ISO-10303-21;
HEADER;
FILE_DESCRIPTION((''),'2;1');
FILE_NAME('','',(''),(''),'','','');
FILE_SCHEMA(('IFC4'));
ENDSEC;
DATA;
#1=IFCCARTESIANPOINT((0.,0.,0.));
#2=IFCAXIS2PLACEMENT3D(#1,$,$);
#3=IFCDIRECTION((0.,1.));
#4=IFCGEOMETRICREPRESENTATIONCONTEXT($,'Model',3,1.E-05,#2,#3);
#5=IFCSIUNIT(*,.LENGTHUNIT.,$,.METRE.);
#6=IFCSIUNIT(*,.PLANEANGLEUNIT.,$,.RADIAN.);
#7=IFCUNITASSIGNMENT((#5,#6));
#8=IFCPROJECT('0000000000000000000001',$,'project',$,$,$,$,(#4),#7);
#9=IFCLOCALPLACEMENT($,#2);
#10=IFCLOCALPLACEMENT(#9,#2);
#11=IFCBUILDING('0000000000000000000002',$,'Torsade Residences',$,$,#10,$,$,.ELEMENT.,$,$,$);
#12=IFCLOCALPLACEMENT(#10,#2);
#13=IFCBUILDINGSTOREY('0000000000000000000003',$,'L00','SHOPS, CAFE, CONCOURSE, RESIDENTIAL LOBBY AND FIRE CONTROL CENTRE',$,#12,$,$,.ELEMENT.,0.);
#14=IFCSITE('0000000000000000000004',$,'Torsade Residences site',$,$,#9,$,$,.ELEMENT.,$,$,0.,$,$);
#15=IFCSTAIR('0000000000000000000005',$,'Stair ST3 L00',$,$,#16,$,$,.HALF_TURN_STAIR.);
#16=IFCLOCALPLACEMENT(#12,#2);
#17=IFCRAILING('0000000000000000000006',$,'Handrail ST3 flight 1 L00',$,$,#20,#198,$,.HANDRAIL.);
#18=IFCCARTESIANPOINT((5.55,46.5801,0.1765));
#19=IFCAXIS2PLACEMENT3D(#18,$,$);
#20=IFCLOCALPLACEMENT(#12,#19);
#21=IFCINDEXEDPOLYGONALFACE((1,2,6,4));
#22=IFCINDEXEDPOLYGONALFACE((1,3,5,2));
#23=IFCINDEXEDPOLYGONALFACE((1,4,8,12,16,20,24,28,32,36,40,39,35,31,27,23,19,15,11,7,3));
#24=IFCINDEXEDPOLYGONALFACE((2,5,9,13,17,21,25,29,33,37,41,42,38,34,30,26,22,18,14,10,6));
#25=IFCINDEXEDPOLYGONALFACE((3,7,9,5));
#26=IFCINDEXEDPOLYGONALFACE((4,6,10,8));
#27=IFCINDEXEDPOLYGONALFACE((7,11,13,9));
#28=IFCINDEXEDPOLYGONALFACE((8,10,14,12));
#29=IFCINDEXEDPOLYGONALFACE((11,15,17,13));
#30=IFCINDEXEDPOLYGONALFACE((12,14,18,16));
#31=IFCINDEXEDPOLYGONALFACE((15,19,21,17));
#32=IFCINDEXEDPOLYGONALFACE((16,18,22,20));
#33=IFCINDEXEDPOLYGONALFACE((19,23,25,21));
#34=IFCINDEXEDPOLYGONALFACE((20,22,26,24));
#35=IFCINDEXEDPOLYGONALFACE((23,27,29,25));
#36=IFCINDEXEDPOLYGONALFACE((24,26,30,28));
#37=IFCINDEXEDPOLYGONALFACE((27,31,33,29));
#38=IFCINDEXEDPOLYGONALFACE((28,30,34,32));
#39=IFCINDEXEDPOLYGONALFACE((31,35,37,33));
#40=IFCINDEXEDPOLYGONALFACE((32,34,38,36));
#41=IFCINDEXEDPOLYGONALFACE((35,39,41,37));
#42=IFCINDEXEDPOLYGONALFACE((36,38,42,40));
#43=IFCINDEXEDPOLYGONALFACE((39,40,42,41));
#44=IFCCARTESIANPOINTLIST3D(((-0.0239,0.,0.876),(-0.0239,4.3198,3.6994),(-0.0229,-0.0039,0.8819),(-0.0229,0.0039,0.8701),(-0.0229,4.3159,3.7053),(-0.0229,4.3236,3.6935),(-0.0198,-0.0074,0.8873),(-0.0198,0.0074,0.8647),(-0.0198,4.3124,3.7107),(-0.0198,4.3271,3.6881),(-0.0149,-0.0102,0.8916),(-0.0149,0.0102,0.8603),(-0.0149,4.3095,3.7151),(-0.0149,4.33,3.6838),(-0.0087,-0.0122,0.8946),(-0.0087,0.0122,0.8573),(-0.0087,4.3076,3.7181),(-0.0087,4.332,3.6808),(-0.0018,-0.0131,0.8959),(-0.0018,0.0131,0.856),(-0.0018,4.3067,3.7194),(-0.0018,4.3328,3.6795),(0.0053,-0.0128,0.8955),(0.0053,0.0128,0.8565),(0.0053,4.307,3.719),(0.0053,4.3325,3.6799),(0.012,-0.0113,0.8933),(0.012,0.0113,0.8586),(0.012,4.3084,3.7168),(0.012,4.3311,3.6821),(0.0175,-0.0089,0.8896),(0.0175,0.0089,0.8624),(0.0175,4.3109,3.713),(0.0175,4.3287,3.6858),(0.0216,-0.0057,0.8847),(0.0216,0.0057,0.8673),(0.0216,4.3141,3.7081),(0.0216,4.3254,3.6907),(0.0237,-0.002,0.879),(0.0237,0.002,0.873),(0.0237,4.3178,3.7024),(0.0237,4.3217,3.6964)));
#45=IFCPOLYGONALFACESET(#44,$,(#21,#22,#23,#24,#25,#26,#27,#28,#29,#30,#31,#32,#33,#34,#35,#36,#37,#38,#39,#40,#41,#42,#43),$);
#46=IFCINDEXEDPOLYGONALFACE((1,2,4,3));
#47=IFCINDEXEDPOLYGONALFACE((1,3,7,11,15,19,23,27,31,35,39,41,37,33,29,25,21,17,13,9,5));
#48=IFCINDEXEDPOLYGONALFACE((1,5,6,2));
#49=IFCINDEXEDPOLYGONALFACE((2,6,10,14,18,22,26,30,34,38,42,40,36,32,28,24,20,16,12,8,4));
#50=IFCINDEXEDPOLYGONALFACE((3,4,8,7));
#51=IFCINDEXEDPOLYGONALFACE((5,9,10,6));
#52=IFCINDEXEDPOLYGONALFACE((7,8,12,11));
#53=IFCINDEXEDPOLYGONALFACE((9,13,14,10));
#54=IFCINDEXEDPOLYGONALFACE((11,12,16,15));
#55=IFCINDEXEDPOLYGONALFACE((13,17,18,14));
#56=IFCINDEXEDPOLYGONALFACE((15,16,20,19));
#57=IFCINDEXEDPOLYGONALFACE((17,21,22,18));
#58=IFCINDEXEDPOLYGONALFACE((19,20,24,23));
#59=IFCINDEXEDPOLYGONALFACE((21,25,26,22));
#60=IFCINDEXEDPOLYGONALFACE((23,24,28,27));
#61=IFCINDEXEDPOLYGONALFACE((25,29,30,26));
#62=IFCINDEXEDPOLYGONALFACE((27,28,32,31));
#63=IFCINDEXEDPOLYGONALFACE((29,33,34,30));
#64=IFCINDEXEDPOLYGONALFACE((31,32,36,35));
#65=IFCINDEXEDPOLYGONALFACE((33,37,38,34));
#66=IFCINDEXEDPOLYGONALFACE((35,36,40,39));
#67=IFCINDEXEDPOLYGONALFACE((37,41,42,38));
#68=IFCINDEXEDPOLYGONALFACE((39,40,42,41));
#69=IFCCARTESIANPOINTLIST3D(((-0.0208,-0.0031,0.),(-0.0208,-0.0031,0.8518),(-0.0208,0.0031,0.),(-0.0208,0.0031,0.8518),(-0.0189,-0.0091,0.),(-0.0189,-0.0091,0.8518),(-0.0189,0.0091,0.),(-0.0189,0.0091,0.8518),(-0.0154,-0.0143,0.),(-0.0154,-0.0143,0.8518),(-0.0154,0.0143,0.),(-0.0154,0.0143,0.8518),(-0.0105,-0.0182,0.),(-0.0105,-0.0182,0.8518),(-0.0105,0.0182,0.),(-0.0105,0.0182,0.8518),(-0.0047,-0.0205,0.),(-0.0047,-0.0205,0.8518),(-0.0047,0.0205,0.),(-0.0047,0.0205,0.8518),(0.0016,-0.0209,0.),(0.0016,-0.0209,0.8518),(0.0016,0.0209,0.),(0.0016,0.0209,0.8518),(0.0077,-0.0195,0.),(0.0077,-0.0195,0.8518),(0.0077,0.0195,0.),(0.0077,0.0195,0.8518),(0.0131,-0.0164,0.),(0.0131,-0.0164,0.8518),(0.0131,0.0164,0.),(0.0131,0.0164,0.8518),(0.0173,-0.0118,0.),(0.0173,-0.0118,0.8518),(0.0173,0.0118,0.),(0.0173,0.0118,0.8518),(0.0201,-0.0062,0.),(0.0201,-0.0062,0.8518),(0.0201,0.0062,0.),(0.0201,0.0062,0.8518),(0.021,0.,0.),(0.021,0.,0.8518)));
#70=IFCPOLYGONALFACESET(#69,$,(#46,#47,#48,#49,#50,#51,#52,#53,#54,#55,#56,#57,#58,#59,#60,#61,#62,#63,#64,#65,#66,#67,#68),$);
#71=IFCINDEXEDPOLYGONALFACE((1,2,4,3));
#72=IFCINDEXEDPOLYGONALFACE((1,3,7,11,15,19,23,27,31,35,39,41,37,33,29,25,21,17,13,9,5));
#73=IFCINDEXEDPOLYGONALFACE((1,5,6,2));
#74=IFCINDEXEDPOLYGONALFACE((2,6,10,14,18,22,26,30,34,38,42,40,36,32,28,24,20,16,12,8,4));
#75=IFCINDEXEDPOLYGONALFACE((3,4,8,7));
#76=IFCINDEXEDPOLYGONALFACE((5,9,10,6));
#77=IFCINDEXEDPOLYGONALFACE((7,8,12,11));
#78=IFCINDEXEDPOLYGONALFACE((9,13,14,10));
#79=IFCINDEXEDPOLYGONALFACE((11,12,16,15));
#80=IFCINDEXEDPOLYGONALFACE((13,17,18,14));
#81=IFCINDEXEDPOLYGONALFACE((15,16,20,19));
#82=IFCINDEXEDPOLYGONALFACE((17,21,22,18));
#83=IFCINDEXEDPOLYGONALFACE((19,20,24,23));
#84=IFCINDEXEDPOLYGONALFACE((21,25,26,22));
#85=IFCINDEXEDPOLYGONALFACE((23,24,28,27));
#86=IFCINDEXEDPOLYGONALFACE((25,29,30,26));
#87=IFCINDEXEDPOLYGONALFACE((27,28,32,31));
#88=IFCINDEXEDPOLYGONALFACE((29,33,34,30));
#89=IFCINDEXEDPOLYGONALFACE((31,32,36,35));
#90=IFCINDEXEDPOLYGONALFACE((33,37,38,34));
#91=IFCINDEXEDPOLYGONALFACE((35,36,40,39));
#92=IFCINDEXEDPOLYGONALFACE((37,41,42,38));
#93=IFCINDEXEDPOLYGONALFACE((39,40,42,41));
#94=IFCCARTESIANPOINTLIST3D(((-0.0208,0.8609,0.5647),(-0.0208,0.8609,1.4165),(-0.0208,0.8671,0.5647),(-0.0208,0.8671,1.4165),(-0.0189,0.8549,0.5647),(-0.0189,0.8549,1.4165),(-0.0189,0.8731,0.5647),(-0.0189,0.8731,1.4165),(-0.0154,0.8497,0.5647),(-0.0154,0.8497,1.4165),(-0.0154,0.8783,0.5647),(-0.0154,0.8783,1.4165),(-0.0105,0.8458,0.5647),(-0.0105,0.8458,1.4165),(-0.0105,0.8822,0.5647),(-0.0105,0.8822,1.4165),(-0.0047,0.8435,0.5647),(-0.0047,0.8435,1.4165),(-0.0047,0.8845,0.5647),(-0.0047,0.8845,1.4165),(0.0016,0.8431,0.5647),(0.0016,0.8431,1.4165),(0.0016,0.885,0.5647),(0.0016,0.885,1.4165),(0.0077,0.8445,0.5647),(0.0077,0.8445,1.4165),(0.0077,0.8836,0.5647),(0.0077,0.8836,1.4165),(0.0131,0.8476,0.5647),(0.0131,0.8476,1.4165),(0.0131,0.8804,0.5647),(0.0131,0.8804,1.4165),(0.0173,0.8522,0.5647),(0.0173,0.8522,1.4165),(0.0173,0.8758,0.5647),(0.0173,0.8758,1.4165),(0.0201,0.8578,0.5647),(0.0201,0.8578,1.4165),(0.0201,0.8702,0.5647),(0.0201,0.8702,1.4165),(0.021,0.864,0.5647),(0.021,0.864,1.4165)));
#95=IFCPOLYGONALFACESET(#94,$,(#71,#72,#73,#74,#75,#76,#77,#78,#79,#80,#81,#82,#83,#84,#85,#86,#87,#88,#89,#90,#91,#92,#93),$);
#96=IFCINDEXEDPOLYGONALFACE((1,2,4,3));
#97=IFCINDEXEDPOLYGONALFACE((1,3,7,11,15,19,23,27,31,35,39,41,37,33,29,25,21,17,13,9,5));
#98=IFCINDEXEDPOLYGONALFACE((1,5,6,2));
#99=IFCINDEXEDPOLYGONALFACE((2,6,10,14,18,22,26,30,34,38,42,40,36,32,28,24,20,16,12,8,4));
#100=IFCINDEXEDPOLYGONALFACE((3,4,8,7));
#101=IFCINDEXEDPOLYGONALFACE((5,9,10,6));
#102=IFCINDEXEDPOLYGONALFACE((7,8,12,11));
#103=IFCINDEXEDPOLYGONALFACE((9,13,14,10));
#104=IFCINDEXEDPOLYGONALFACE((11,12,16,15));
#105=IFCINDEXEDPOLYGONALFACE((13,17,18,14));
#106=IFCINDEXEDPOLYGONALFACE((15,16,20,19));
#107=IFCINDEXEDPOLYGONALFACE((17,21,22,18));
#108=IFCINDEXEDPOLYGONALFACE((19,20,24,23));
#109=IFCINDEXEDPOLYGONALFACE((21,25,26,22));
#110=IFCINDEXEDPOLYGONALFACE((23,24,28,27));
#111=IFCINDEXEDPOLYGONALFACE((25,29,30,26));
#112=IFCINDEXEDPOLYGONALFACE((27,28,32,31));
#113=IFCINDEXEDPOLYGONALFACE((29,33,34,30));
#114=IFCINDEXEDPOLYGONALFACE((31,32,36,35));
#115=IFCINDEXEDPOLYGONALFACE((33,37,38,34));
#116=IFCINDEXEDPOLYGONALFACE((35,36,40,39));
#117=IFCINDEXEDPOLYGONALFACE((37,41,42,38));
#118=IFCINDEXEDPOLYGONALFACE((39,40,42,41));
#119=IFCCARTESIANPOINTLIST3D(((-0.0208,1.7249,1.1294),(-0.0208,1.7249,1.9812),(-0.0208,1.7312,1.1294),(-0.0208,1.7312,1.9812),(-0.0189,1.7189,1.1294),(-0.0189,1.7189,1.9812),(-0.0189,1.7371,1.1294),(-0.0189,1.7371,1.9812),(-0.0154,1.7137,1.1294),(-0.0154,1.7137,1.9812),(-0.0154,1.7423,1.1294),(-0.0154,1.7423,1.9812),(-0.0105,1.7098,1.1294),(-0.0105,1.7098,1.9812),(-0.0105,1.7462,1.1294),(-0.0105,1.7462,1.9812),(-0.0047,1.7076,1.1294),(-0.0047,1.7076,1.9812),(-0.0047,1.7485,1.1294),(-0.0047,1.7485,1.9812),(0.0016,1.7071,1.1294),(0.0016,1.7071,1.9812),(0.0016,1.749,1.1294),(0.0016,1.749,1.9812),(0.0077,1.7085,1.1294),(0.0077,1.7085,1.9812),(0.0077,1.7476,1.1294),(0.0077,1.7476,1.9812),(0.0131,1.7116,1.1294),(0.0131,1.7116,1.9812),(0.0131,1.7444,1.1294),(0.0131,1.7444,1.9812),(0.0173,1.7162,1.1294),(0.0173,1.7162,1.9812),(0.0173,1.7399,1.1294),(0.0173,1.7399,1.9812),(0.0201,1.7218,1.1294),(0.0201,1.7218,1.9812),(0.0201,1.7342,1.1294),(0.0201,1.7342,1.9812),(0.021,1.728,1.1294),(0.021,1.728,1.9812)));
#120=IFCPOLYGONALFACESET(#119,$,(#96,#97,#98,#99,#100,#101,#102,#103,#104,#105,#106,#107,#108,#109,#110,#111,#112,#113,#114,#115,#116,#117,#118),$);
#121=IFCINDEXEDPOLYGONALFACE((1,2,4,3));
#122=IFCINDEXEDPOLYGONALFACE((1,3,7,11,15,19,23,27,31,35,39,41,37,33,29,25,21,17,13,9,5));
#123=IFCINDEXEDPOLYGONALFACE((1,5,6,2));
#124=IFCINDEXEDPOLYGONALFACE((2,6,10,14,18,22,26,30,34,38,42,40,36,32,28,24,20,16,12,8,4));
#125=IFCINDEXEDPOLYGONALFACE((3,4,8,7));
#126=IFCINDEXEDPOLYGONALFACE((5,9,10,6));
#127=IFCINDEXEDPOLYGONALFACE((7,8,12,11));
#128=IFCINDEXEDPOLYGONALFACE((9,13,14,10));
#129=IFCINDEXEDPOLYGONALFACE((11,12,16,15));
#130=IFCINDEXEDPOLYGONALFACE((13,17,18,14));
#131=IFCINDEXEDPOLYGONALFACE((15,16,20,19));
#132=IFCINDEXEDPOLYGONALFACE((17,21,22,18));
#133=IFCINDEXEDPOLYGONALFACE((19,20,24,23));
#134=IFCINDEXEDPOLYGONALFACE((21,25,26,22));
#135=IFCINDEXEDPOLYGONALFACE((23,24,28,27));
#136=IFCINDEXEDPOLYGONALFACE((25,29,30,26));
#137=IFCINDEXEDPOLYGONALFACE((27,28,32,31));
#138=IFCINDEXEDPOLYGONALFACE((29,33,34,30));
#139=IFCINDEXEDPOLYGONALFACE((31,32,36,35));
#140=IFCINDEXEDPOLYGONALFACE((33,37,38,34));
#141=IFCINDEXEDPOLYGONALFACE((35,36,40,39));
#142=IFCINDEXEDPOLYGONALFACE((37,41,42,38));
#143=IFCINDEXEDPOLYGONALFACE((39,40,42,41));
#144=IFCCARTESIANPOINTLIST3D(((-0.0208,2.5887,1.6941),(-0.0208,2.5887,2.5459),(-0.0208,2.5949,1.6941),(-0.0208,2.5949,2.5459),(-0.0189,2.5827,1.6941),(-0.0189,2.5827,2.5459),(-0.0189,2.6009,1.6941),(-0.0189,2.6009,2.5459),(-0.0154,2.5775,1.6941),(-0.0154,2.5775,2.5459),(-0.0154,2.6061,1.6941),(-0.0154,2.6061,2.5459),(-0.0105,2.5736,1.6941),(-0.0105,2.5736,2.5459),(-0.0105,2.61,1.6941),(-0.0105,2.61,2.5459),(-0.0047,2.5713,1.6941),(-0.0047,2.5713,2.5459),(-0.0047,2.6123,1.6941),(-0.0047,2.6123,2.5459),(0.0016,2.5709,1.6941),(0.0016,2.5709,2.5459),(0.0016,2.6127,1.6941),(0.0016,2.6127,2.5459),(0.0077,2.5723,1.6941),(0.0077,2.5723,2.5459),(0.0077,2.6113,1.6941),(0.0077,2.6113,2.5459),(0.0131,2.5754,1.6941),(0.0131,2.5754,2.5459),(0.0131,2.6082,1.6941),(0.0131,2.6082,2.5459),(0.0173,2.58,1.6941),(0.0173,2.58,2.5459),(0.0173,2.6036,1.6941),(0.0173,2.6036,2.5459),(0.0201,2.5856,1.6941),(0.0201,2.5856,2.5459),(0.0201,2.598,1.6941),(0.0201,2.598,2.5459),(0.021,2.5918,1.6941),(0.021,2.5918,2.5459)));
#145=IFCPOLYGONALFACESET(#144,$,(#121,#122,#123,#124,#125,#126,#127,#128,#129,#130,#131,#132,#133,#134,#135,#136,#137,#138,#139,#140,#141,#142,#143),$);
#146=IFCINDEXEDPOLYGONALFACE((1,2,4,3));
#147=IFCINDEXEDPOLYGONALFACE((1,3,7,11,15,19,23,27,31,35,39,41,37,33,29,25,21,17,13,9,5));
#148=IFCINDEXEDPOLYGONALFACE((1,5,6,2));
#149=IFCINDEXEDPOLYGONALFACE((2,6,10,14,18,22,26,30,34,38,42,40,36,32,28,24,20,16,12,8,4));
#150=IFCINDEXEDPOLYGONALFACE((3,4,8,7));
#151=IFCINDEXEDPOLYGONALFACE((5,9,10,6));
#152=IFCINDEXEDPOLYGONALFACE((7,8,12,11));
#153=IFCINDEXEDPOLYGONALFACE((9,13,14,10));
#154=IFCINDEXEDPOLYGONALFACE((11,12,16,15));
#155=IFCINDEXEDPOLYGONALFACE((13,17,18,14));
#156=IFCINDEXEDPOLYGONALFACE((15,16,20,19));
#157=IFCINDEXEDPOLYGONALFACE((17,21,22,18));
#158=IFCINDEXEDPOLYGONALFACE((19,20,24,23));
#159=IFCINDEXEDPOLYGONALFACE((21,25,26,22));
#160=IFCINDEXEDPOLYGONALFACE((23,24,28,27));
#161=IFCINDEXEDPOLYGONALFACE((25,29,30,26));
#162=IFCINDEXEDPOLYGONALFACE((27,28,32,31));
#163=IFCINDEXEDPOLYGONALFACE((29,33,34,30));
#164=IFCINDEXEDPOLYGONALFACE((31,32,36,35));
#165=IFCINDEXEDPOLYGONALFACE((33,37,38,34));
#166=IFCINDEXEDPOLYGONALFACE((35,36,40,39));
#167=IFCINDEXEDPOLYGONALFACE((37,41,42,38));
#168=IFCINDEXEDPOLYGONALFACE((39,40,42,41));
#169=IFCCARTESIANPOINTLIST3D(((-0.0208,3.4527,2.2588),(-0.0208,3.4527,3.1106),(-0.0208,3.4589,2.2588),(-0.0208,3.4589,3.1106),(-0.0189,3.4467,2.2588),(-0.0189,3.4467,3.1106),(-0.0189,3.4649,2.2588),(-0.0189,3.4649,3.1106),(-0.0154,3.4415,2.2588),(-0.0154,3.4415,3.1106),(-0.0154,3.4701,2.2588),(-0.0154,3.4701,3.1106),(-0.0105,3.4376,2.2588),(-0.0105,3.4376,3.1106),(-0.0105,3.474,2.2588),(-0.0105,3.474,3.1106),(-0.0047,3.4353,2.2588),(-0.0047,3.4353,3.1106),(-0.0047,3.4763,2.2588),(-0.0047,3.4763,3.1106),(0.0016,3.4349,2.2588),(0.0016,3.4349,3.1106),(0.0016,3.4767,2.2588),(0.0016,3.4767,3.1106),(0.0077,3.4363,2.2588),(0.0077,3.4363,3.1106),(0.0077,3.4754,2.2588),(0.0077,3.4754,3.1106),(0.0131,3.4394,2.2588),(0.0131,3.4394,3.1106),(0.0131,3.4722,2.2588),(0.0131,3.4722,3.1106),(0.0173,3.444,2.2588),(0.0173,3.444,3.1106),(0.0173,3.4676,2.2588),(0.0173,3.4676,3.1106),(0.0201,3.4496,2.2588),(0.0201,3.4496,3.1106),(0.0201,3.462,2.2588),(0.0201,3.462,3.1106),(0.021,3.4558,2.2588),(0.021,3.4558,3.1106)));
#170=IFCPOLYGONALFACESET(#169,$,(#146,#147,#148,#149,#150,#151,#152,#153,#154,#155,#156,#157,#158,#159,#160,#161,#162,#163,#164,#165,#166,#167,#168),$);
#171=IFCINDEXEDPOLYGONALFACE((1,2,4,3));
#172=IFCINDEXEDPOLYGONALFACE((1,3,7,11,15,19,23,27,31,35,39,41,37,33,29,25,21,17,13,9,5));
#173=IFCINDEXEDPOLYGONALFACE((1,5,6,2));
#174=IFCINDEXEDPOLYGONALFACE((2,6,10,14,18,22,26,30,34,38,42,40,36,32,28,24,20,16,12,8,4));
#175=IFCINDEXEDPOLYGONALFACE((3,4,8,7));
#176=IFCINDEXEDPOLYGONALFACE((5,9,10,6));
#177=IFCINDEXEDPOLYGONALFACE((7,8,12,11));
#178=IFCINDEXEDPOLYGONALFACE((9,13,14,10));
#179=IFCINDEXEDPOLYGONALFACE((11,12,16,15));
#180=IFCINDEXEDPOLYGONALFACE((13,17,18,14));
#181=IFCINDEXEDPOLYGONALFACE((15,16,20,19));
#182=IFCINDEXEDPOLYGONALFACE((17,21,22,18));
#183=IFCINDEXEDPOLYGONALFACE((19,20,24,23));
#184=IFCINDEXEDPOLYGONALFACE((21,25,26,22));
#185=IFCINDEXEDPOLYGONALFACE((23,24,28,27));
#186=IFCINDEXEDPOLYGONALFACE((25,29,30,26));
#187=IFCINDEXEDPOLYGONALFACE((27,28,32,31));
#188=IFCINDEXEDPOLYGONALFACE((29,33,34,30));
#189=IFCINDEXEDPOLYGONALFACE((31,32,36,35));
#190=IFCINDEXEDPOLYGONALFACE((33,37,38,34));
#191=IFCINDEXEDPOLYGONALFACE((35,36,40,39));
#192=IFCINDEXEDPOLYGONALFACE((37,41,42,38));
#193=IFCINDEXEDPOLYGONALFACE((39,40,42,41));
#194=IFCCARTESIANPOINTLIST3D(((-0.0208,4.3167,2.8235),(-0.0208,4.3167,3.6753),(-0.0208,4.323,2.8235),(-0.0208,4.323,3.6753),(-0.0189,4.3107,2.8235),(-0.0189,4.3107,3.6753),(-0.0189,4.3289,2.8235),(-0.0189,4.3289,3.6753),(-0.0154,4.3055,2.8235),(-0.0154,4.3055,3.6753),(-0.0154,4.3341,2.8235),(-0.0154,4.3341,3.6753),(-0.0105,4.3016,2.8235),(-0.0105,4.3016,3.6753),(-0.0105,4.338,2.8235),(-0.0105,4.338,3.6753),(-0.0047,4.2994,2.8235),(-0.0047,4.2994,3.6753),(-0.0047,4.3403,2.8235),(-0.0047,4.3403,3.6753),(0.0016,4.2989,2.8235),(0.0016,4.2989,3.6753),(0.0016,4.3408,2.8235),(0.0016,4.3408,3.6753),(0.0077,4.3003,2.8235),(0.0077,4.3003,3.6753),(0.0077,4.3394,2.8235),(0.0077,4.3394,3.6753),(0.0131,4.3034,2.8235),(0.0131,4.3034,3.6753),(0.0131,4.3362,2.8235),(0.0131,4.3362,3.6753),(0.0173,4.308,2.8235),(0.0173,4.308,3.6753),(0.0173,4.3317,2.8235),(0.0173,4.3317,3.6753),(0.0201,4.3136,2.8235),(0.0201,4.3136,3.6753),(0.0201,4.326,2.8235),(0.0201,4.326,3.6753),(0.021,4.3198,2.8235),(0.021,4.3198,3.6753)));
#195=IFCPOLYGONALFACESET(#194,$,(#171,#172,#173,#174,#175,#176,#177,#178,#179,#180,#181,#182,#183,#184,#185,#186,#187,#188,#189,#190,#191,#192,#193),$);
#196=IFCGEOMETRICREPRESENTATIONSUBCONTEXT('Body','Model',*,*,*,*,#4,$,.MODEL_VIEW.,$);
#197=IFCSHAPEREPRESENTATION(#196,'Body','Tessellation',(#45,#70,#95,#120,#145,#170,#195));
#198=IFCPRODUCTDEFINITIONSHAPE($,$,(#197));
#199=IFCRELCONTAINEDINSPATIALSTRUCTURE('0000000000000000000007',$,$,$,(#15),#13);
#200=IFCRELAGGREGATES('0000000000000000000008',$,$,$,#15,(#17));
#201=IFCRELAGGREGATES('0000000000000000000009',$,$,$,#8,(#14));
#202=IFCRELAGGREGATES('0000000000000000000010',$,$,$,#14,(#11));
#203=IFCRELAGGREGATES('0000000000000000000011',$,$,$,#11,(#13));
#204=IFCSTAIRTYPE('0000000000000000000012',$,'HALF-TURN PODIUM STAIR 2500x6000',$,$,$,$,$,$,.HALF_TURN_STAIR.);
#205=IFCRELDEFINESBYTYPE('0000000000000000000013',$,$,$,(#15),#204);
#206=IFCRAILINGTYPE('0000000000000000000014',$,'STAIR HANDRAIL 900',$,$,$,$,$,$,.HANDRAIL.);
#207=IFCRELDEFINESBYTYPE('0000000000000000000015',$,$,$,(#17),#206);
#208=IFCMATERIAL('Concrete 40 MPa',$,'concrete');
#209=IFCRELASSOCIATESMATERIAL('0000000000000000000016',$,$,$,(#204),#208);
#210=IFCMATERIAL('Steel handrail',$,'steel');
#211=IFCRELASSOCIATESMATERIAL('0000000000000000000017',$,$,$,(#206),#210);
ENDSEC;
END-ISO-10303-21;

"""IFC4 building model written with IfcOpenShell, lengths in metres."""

from ifc_helpers import new_model, si_unit, direction, frame, origin, origin_2d, place, context, subcontext, project, spatial, circle, extrude, material, type_object, element, aggregate, save


model = new_model("IFC4")

# Units and contexts
model_context = context("Model", 3, precision=1e-05, world=origin(), true_north=direction((0.0, 1.0)))
body_context = subcontext(model_context, "Body", "Model", "MODEL_VIEW")
ifc_project = project(units=[si_unit("LENGTHUNIT", "METRE"), si_unit("PLANEANGLEUNIT", "RADIAN")], contexts=[model_context])

# Site, building, storey
site_placement = place(None, origin())
site = spatial("IfcSite", under=ifc_project, at=site_placement, Name="Torsade Residences site", CompositionType="ELEMENT", RefElevation=0.0)
building_placement = place(site_placement, origin())
building = spatial("IfcBuilding", under=site, at=building_placement, Name="Torsade Residences", CompositionType="ELEMENT")
storey_placement = place(building_placement, origin())
storey = spatial("IfcBuildingStorey", under=building, at=storey_placement, Name="L00", Description="SHOPS, CAFE, CONCOURSE, RESIDENTIAL LOBBY AND FIRE CONTROL CENTRE", CompositionType="ELEMENT", Elevation=0.0)

# Stair, railing
ifc_material_1 = material(Name="Concrete 40 MPa", Category="concrete")
stair_type = type_object("IfcStairType", Name="HALF-TURN PODIUM STAIR 2500x6000", PredefinedType="HALF_TURN_STAIR", material=ifc_material_1)
stair_placement = place(storey_placement, origin())
stair = element("IfcStair", 1, at=stair_placement, inside=storey, type_object=stair_type, Name="Stair ST3 L00", PredefinedType="HALF_TURN_STAIR")
ifc_material_2 = material(Name="Steel handrail", Category="steel")
railing_type = type_object("IfcRailingType", Name="STAIR HANDRAIL 900", PredefinedType="HANDRAIL", material=ifc_material_2)
railing_1_placement = place(storey_placement, frame((5.55, 46.5801, 0.1765)))
railing_1 = element("IfcRailing", 2, at=railing_1_placement, type_object=railing_type, Name="Handrail ST3 flight 1 L00", PredefinedType="HANDRAIL", context=body_context, shape_type="SweptSolid", body=[
    extrude(circle(Radius=0.0239, at=origin_2d()), frame((0.0, 0.0, 0.876), z_axis=(0.0, 0.83706, 0.547112), x_axis=(-1.0, 0.0, 0.0)), (0.0, 0.0, 1.0), 5.1606),
    extrude(circle(Radius=0.021, at=origin_2d()), origin(), (0.0, 0.0, 1.0), 0.8518),
    extrude(circle(Radius=0.021, at=origin_2d()), frame((0.0, 0.864, 0.5647)), (0.0, 0.0, 1.0), 0.8518),
    extrude(circle(Radius=0.021, at=origin_2d()), frame((0.0, 1.728, 1.1294)), (0.0, 0.0, 1.0), 0.8518),
    extrude(circle(Radius=0.021, at=origin_2d()), frame((0.0, 2.5918, 1.6941)), (0.0, 0.0, 1.0), 0.8518),
    extrude(circle(Radius=0.021, at=origin_2d()), frame((0.0, 3.4558, 2.2588)), (0.0, 0.0, 1.0), 0.8518),
    extrude(circle(Radius=0.021, at=origin_2d()), frame((0.0, 4.3198, 2.8235)), (0.0, 0.0, 1.0), 0.8518),
])
aggregate(stair, [railing_1])

save(model, "model.ifc")
